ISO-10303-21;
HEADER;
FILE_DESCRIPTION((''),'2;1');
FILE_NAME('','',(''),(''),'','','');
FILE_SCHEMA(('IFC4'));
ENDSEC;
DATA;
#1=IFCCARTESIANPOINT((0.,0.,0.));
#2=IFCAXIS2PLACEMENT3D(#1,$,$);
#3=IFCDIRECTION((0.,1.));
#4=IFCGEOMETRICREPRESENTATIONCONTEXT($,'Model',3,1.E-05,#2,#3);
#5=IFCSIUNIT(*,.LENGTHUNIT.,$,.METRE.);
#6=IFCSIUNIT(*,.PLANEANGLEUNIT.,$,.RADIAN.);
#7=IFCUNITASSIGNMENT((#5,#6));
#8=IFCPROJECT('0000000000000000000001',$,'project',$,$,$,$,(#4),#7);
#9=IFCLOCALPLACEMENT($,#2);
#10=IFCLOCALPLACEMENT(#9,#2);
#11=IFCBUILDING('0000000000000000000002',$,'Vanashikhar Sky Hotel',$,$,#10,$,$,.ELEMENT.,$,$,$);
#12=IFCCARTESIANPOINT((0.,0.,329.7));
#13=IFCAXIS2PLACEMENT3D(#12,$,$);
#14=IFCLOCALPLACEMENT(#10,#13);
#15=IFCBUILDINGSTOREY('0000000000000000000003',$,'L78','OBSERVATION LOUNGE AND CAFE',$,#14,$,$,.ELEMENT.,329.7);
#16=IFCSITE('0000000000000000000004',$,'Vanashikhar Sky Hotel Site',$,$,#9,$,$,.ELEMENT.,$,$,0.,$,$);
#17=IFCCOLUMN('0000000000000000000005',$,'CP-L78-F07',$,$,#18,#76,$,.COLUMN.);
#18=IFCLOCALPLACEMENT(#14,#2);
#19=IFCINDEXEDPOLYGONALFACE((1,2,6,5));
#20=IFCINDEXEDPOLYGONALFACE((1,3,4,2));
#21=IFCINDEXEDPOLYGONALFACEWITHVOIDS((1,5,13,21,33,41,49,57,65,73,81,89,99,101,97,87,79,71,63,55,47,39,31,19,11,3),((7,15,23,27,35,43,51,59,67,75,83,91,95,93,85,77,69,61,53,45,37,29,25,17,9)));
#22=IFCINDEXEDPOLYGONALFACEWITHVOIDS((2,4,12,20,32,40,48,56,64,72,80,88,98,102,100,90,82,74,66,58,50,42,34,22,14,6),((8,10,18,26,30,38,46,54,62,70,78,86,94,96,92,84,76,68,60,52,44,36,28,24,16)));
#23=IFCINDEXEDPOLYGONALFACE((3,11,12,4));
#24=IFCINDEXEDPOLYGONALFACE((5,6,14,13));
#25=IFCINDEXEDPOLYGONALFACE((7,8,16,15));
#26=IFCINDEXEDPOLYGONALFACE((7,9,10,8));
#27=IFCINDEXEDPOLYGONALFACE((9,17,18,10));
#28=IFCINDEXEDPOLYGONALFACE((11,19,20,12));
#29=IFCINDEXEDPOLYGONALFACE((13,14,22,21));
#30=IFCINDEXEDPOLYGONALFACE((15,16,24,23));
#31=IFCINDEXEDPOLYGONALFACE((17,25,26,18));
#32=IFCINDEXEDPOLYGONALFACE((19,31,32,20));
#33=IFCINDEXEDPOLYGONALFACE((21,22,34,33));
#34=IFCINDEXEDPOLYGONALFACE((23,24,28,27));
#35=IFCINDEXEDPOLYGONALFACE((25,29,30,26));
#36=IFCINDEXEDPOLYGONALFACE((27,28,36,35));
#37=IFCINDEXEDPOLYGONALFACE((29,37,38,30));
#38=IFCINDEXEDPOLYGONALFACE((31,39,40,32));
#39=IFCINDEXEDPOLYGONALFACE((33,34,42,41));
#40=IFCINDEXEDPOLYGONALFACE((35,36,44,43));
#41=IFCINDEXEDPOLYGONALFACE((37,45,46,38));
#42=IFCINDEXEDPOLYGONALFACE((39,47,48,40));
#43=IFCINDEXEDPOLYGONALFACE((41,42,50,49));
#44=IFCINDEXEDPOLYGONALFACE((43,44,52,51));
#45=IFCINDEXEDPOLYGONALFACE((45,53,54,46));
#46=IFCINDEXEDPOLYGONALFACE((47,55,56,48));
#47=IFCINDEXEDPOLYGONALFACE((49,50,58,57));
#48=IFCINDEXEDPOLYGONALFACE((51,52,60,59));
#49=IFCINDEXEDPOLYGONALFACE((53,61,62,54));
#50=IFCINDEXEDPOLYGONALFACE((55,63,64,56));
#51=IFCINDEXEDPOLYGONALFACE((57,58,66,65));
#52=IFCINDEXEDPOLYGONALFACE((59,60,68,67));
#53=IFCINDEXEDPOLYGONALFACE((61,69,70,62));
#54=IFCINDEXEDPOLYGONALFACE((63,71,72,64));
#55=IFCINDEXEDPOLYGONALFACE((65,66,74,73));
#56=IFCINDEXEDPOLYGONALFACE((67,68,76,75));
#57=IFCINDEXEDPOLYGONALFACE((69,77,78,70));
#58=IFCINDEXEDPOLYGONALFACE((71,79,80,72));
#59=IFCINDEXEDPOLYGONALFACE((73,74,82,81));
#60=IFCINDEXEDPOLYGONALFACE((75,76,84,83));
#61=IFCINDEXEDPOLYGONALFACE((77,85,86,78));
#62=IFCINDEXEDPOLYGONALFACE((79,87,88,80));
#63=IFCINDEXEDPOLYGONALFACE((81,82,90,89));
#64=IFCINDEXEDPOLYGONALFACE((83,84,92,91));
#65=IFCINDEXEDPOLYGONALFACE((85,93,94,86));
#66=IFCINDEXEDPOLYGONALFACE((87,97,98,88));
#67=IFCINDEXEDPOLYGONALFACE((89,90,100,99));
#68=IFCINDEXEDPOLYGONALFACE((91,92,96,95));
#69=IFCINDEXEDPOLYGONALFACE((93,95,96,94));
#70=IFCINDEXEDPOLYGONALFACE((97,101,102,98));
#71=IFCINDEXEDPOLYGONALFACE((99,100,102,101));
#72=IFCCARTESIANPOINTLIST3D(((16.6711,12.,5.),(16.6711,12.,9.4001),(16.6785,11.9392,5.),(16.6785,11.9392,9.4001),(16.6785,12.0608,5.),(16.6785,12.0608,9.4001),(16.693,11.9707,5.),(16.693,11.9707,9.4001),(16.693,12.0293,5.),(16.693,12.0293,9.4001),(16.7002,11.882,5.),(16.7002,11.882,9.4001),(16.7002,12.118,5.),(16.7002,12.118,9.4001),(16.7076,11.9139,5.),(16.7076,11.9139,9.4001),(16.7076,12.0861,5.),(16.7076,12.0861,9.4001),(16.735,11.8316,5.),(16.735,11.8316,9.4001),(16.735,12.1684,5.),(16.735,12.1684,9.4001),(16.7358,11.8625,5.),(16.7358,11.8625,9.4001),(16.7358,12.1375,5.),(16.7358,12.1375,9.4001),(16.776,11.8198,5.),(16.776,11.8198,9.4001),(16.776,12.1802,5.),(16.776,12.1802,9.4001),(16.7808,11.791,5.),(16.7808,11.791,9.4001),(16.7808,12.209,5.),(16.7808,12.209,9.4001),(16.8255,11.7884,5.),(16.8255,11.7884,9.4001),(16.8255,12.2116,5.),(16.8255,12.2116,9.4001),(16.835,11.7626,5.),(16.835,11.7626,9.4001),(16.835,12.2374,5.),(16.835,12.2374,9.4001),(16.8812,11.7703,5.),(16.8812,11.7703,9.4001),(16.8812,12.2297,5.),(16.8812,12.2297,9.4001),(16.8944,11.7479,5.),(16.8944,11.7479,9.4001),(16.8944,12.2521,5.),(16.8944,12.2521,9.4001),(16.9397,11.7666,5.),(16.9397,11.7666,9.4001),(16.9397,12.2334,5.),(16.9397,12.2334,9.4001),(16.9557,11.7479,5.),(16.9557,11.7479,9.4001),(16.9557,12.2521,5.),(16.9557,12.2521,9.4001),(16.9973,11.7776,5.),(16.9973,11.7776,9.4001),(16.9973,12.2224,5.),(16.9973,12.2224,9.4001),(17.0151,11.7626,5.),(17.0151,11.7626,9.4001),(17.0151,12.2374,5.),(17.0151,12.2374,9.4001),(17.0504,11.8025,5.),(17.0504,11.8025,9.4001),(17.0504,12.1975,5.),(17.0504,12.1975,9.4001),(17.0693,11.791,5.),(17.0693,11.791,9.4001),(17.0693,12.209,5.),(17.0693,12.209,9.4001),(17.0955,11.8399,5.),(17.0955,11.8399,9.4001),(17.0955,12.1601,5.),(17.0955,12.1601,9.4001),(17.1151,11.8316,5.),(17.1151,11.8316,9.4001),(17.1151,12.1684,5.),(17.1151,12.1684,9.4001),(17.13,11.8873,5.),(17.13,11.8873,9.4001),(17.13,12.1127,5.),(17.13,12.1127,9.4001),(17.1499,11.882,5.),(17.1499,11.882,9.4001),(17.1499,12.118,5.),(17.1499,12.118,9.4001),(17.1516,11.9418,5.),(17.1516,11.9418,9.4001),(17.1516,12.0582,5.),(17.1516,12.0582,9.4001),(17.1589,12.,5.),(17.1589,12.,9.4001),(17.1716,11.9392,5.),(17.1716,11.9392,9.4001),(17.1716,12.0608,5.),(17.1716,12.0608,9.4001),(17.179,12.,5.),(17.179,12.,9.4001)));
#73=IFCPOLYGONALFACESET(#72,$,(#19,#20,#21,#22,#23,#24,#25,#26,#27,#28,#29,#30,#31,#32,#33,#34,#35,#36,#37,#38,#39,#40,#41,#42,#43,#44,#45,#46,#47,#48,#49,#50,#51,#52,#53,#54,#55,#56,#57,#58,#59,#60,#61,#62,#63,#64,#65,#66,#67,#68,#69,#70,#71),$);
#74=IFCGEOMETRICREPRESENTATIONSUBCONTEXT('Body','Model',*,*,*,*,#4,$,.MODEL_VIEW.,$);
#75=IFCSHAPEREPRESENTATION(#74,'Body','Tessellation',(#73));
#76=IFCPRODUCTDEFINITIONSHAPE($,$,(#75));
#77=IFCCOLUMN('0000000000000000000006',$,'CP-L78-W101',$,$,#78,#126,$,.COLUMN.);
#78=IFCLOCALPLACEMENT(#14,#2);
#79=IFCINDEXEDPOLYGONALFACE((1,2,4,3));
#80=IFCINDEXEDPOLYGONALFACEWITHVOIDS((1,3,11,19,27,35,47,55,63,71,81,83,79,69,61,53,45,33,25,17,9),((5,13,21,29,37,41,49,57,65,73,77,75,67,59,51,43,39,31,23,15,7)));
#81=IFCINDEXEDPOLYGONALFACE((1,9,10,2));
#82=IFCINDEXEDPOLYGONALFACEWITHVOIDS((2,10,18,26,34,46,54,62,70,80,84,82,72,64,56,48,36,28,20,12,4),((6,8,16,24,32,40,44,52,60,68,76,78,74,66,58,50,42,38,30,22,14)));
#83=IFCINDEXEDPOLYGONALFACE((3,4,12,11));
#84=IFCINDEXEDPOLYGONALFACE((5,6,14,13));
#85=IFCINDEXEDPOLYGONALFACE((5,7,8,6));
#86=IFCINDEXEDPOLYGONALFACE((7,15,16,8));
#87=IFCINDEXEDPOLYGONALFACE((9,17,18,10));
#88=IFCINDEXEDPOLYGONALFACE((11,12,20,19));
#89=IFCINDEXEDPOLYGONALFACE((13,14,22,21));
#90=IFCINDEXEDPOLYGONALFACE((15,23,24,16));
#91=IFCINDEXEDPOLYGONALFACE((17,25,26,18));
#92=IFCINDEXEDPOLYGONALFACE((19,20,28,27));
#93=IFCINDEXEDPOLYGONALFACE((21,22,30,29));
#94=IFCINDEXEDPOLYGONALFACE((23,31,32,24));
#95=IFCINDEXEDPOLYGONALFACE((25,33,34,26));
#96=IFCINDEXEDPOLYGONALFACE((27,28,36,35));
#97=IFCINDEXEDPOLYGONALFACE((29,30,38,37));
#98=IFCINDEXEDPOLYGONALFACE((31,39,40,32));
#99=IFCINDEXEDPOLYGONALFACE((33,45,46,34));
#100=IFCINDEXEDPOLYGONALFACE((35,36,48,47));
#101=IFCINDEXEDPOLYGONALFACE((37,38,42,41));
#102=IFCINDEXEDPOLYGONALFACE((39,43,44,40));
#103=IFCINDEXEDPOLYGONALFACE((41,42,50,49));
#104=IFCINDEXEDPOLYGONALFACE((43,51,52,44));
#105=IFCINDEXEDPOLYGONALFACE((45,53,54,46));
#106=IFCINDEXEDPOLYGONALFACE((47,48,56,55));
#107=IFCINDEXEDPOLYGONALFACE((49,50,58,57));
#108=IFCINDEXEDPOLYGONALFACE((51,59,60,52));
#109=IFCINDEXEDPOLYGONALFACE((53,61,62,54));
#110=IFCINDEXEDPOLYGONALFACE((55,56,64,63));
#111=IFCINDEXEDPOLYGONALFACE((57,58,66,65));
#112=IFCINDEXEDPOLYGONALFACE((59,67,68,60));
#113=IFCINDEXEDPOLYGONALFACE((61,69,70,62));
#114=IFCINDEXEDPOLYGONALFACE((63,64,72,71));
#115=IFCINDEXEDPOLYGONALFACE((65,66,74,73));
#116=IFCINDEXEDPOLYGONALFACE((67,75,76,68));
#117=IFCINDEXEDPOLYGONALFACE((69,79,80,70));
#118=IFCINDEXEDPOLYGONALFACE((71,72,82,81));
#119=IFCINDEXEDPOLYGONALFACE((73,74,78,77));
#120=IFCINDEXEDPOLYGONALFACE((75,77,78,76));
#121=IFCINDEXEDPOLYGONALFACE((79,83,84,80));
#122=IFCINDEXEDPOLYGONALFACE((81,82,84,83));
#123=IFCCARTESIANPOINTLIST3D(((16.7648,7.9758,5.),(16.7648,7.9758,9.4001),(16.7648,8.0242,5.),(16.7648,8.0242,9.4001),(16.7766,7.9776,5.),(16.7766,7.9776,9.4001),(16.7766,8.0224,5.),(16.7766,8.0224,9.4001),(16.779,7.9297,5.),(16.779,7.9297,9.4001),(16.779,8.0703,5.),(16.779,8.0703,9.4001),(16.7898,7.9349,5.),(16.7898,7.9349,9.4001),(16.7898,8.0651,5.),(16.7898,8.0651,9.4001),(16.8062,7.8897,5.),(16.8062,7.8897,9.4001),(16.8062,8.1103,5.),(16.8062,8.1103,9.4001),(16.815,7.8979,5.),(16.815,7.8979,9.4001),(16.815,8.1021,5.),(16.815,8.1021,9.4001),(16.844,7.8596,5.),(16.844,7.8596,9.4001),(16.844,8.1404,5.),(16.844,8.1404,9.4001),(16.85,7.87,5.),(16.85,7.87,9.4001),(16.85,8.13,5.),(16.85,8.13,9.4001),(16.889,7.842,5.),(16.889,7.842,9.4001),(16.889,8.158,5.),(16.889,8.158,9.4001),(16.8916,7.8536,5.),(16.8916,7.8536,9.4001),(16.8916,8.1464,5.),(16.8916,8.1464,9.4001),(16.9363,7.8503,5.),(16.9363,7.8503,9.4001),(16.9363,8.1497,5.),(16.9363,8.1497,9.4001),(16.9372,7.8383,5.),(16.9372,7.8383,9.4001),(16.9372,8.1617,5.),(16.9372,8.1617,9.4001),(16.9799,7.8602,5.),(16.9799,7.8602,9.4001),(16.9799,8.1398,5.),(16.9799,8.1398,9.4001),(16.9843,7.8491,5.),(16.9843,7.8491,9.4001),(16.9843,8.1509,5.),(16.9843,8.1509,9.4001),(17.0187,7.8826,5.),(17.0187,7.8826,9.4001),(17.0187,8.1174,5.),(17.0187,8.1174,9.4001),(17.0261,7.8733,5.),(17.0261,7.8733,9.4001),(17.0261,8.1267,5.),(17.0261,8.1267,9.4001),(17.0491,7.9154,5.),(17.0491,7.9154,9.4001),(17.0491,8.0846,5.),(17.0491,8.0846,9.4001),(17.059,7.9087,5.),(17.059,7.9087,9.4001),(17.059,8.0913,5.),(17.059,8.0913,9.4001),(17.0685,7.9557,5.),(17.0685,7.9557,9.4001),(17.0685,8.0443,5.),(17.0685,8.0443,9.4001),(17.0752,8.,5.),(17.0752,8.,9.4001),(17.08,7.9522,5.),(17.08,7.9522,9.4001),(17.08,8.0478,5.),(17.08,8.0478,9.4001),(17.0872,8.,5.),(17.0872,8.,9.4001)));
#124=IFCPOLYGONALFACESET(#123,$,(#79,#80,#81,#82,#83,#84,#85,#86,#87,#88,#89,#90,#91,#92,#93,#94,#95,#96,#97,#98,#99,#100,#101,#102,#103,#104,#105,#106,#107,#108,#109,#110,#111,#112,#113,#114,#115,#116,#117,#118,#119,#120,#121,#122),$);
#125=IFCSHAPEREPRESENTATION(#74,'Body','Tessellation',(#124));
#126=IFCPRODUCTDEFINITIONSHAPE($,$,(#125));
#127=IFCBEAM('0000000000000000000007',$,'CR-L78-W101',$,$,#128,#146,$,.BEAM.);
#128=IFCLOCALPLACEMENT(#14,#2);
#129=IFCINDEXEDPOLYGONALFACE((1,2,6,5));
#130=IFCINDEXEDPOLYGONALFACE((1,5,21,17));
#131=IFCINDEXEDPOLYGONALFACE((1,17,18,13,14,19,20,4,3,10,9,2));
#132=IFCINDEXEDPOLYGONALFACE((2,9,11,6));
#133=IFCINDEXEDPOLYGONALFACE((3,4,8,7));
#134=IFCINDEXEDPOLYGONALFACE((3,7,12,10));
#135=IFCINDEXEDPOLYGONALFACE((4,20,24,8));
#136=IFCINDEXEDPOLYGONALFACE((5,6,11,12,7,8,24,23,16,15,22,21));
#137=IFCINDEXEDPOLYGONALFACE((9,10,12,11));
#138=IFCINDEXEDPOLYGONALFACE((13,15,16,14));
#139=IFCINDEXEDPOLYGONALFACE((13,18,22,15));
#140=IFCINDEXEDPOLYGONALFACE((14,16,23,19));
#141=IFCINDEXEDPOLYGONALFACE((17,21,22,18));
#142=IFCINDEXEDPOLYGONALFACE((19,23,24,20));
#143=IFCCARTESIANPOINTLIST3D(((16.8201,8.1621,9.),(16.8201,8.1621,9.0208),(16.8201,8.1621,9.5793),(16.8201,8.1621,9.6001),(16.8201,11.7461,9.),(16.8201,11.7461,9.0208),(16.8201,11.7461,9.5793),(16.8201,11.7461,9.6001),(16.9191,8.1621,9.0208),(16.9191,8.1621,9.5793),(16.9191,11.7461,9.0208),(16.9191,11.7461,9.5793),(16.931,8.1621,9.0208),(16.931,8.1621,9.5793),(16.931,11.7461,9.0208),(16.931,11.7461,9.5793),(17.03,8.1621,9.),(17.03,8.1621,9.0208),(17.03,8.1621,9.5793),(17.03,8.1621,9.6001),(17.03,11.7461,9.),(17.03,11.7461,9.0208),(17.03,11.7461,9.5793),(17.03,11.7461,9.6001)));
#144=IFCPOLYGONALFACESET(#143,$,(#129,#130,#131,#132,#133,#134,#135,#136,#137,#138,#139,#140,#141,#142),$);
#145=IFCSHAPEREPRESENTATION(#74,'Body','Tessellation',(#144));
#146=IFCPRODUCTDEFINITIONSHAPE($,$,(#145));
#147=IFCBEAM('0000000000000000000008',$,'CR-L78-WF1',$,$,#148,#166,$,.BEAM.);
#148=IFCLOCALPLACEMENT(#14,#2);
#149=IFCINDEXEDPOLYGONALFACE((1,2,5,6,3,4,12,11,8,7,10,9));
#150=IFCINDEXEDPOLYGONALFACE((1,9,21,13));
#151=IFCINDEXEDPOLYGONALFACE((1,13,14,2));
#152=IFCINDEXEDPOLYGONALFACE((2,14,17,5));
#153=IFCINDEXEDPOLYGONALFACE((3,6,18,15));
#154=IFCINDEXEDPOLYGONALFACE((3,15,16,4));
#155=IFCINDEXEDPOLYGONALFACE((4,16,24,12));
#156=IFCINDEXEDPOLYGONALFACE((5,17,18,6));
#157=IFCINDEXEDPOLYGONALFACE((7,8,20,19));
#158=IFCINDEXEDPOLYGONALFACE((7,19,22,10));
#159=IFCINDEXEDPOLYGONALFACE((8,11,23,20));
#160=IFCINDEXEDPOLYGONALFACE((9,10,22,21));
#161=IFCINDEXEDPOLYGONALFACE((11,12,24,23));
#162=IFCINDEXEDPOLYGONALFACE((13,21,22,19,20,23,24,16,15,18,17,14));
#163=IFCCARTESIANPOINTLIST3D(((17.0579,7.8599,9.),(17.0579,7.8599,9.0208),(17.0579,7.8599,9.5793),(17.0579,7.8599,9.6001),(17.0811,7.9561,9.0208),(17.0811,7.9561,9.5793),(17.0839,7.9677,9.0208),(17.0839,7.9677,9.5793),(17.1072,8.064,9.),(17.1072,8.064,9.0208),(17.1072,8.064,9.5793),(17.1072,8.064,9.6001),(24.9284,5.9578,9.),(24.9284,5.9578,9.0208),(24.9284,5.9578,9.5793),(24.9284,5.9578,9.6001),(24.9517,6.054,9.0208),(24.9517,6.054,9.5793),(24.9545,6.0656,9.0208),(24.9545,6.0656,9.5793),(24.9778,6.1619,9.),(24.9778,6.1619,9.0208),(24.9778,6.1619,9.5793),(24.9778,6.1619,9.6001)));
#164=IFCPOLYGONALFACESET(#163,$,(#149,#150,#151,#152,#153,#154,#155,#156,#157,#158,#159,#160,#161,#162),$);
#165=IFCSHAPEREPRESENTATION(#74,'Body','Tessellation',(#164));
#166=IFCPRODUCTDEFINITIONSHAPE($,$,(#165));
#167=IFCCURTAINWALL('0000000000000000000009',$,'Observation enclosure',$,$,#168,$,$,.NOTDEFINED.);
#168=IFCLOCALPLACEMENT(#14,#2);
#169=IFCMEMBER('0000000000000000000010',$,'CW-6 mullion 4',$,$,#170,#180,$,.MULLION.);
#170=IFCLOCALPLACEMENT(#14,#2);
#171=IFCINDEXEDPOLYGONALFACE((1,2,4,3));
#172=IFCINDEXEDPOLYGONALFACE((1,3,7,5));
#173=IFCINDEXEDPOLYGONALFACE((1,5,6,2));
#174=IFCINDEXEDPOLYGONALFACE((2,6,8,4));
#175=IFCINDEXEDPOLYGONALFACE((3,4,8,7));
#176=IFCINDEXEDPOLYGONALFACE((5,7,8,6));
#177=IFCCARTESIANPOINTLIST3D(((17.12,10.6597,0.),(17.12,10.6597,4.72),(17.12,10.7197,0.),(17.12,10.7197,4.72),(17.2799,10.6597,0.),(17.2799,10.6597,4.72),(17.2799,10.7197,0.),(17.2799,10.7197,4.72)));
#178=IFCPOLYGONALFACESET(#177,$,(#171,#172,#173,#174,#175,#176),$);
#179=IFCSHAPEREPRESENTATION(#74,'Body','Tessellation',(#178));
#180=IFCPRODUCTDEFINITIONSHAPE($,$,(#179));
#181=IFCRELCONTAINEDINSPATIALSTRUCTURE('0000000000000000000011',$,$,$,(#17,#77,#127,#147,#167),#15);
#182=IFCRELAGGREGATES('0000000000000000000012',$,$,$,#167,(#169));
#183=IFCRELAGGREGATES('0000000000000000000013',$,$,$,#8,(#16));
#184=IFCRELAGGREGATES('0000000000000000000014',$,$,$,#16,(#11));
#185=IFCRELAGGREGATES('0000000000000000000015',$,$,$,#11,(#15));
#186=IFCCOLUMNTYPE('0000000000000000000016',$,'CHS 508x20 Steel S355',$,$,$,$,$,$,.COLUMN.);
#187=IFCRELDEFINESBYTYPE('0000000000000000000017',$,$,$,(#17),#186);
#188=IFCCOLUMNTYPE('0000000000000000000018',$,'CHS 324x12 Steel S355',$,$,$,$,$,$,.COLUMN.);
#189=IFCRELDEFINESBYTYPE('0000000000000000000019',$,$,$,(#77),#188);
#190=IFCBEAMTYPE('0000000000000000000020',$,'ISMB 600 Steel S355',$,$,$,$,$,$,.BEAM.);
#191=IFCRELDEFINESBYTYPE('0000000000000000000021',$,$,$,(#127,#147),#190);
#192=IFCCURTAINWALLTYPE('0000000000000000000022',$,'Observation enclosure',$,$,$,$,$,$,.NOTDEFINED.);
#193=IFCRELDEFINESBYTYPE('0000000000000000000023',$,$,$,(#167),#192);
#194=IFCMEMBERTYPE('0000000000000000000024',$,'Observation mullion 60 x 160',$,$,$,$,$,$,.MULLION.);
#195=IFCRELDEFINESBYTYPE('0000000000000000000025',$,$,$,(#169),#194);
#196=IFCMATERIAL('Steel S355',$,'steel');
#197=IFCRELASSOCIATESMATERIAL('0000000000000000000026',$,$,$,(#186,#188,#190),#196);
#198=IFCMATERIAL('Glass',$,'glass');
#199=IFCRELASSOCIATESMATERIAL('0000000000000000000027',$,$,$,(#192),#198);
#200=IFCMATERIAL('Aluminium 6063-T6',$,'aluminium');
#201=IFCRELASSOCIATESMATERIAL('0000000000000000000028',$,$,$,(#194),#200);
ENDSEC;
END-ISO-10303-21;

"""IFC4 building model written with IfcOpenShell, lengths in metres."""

from ifc_helpers import new_model, si_unit, direction, frame, origin, origin_2d, place, context, subcontext, project, spatial, rectangle, hollow_circle, i_section, extrude, source, transform, mapped, material, material_profile, profile_set, type_object, element, aggregate, save


model = new_model("IFC4")

# Units and contexts
model_context = context("Model", 3, precision=1e-05, world=origin(), true_north=direction((0.0, 1.0)))
body_context = subcontext(model_context, "Body", "Model", "MODEL_VIEW")
ifc_project = project(units=[si_unit("LENGTHUNIT", "METRE"), si_unit("PLANEANGLEUNIT", "RADIAN")], contexts=[model_context])

# Site, building, storey
site_placement = place(None, origin())
site = spatial("IfcSite", under=ifc_project, at=site_placement, Name="Vanashikhar Sky Hotel Site", CompositionType="ELEMENT", RefElevation=0.0)
building_placement = place(site_placement, origin())
building = spatial("IfcBuilding", under=site, at=building_placement, Name="Vanashikhar Sky Hotel", CompositionType="ELEMENT")
storey_placement = place(building_placement, frame((0.0, 0.0, 329.7)))
storey = spatial("IfcBuildingStorey", under=building, at=storey_placement, Name="L78", Description="OBSERVATION LOUNGE AND CAFE", CompositionType="ELEMENT", Elevation=329.7)

# Columns
ifc_material_1 = material(Name="Steel S355", Category="steel")
ifc_material_profile_1 = material_profile(ifc_material_1, hollow_circle(Radius=0.2539, WallThickness=0.02, at=origin_2d()))
ifc_profile_set_1 = profile_set([ifc_material_profile_1], Name="CHS 508x20 Steel S355")
column_type_1 = type_object("IfcColumnType", Name="CHS 508x20 Steel S355", PredefinedType="COLUMN", material=ifc_profile_set_1)
shared_shape_1 = source(origin(), body_context, "Body", "SweptSolid", [
    extrude(hollow_circle(Radius=0.2539, WallThickness=0.02, at=origin_2d()), origin(), (0.0, 0.0, 1.0), 4.4001),
])
column_1_placement = place(storey_placement, frame((16.925, 12.0, 5.0), z_axis=(0.0, 0.0, 1.0), x_axis=(1.0, 0.0, 0.0)))
element("IfcColumn", 1, at=column_1_placement, inside=storey, type_object=column_type_1, Name="CP-L78-F07", PredefinedType="COLUMN", context=body_context, shape_type="MappedRepresentation", body=[
    mapped(shared_shape_1, transform((0.0, 0.0, 0.0), scale=1.0)),
])
ifc_material_profile_2 = material_profile(ifc_material_1, hollow_circle(Radius=0.1621, WallThickness=0.012, at=origin_2d()))
ifc_profile_set_2 = profile_set([ifc_material_profile_2], Name="CHS 324x12 Steel S355")
column_type_2 = type_object("IfcColumnType", Name="CHS 324x12 Steel S355", PredefinedType="COLUMN", material=ifc_profile_set_2)
shared_shape_2 = source(origin(), body_context, "Body", "SweptSolid", [
    extrude(hollow_circle(Radius=0.1621, WallThickness=0.012, at=origin_2d()), origin(), (0.0, 0.0, 1.0), 4.4001),
])
column_2_placement = place(storey_placement, frame((16.925, 8.0, 5.0), z_axis=(0.0, 0.0, 1.0), x_axis=(1.0, 0.0, 0.0)))
element("IfcColumn", 2, at=column_2_placement, inside=storey, type_object=column_type_2, Name="CP-L78-W101", PredefinedType="COLUMN", context=body_context, shape_type="MappedRepresentation", body=[
    mapped(shared_shape_2, transform((0.0, 0.0, 0.0), scale=1.0)),
])

# Beams
ifc_material_profile_3 = material_profile(ifc_material_1, i_section(OverallWidth=0.21, OverallDepth=0.6001, WebThickness=0.012, FlangeThickness=0.0208, at=origin_2d()), Name="ISMB 600")
ifc_profile_set_3 = profile_set([ifc_material_profile_3], Name="Steel S355")
beam_type = type_object("IfcBeamType", Name="ISMB 600 Steel S355", PredefinedType="BEAM", material=ifc_profile_set_3)
shared_shape_3 = source(origin(), body_context, "Body", "SweptSolid", [
    extrude(i_section(OverallWidth=0.21, OverallDepth=0.6001, WebThickness=0.012, FlangeThickness=0.0208, at=origin_2d()), origin(), (0.0, 0.0, 1.0), 3.584),
])
beam_1_placement = place(storey_placement, frame((16.925, 8.1621, 9.3), z_axis=(0.0, 1.0, 0.0), x_axis=(-1.0, 0.0, 0.0)))
element("IfcBeam", 3, at=beam_1_placement, inside=storey, type_object=beam_type, Name="CR-L78-W101", PredefinedType="BEAM", context=body_context, shape_type="MappedRepresentation", body=[
    mapped(shared_shape_3, transform((0.0, 0.0, 0.0), scale=1.0)),
])
shared_shape_4 = source(origin(), body_context, "Body", "SweptSolid", [
    extrude(i_section(OverallWidth=0.21, OverallDepth=0.6001, WebThickness=0.012, FlangeThickness=0.0208, at=origin_2d()), origin(), (0.0, 0.0, 1.0), 8.0972),
])
beam_2_placement = place(storey_placement, frame((17.0825, 7.9619, 9.3), z_axis=(0.972017, -0.234909, 0.0), x_axis=(0.234909, 0.972017, 0.0)))
element("IfcBeam", 4, at=beam_2_placement, inside=storey, type_object=beam_type, Name="CR-L78-WF1", PredefinedType="BEAM", context=body_context, shape_type="MappedRepresentation", body=[
    mapped(shared_shape_4, transform((0.0, 0.0, 0.0), scale=1.0)),
])

# Curtain wall, member
ifc_material_2 = material(Name="Glass", Category="glass")
curtain_wall_type = type_object("IfcCurtainWallType", Name="Observation enclosure", PredefinedType="NOTDEFINED", material=ifc_material_2)
curtain_wall_placement = place(storey_placement, origin())
curtain_wall = element("IfcCurtainWall", 5, at=curtain_wall_placement, inside=storey, type_object=curtain_wall_type, Name="Observation enclosure", PredefinedType="NOTDEFINED")
ifc_material_3 = material(Name="Aluminium 6063-T6", Category="aluminium")
ifc_material_profile_4 = material_profile(ifc_material_3, rectangle(XDim=0.1599, YDim=0.0601, at=origin_2d()))
ifc_profile_set_4 = profile_set([ifc_material_profile_4], Name="Aluminium 6063-T6")
member_type = type_object("IfcMemberType", Name="Observation mullion 60 x 160", PredefinedType="MULLION", material=ifc_profile_set_4)
shared_shape_5 = source(origin(), body_context, "Body", "SweptSolid", [
    extrude(rectangle(XDim=0.1599, YDim=0.0601, at=origin_2d()), origin(), (0.0, 0.0, 1.0), 4.72),
])
member_placement = place(storey_placement, frame((17.2, 10.6897, 0.0), z_axis=(0.0, 0.0, 1.0), x_axis=(1.0, 0.0, 0.0)))
member = element("IfcMember", 6, at=member_placement, type_object=member_type, Name="CW-6 mullion 4", PredefinedType="MULLION", context=body_context, shape_type="MappedRepresentation", body=[
    mapped(shared_shape_5, transform((0.0, 0.0, 0.0), scale=1.0)),
])
aggregate(curtain_wall, [member])

save(model, "model.ifc")
